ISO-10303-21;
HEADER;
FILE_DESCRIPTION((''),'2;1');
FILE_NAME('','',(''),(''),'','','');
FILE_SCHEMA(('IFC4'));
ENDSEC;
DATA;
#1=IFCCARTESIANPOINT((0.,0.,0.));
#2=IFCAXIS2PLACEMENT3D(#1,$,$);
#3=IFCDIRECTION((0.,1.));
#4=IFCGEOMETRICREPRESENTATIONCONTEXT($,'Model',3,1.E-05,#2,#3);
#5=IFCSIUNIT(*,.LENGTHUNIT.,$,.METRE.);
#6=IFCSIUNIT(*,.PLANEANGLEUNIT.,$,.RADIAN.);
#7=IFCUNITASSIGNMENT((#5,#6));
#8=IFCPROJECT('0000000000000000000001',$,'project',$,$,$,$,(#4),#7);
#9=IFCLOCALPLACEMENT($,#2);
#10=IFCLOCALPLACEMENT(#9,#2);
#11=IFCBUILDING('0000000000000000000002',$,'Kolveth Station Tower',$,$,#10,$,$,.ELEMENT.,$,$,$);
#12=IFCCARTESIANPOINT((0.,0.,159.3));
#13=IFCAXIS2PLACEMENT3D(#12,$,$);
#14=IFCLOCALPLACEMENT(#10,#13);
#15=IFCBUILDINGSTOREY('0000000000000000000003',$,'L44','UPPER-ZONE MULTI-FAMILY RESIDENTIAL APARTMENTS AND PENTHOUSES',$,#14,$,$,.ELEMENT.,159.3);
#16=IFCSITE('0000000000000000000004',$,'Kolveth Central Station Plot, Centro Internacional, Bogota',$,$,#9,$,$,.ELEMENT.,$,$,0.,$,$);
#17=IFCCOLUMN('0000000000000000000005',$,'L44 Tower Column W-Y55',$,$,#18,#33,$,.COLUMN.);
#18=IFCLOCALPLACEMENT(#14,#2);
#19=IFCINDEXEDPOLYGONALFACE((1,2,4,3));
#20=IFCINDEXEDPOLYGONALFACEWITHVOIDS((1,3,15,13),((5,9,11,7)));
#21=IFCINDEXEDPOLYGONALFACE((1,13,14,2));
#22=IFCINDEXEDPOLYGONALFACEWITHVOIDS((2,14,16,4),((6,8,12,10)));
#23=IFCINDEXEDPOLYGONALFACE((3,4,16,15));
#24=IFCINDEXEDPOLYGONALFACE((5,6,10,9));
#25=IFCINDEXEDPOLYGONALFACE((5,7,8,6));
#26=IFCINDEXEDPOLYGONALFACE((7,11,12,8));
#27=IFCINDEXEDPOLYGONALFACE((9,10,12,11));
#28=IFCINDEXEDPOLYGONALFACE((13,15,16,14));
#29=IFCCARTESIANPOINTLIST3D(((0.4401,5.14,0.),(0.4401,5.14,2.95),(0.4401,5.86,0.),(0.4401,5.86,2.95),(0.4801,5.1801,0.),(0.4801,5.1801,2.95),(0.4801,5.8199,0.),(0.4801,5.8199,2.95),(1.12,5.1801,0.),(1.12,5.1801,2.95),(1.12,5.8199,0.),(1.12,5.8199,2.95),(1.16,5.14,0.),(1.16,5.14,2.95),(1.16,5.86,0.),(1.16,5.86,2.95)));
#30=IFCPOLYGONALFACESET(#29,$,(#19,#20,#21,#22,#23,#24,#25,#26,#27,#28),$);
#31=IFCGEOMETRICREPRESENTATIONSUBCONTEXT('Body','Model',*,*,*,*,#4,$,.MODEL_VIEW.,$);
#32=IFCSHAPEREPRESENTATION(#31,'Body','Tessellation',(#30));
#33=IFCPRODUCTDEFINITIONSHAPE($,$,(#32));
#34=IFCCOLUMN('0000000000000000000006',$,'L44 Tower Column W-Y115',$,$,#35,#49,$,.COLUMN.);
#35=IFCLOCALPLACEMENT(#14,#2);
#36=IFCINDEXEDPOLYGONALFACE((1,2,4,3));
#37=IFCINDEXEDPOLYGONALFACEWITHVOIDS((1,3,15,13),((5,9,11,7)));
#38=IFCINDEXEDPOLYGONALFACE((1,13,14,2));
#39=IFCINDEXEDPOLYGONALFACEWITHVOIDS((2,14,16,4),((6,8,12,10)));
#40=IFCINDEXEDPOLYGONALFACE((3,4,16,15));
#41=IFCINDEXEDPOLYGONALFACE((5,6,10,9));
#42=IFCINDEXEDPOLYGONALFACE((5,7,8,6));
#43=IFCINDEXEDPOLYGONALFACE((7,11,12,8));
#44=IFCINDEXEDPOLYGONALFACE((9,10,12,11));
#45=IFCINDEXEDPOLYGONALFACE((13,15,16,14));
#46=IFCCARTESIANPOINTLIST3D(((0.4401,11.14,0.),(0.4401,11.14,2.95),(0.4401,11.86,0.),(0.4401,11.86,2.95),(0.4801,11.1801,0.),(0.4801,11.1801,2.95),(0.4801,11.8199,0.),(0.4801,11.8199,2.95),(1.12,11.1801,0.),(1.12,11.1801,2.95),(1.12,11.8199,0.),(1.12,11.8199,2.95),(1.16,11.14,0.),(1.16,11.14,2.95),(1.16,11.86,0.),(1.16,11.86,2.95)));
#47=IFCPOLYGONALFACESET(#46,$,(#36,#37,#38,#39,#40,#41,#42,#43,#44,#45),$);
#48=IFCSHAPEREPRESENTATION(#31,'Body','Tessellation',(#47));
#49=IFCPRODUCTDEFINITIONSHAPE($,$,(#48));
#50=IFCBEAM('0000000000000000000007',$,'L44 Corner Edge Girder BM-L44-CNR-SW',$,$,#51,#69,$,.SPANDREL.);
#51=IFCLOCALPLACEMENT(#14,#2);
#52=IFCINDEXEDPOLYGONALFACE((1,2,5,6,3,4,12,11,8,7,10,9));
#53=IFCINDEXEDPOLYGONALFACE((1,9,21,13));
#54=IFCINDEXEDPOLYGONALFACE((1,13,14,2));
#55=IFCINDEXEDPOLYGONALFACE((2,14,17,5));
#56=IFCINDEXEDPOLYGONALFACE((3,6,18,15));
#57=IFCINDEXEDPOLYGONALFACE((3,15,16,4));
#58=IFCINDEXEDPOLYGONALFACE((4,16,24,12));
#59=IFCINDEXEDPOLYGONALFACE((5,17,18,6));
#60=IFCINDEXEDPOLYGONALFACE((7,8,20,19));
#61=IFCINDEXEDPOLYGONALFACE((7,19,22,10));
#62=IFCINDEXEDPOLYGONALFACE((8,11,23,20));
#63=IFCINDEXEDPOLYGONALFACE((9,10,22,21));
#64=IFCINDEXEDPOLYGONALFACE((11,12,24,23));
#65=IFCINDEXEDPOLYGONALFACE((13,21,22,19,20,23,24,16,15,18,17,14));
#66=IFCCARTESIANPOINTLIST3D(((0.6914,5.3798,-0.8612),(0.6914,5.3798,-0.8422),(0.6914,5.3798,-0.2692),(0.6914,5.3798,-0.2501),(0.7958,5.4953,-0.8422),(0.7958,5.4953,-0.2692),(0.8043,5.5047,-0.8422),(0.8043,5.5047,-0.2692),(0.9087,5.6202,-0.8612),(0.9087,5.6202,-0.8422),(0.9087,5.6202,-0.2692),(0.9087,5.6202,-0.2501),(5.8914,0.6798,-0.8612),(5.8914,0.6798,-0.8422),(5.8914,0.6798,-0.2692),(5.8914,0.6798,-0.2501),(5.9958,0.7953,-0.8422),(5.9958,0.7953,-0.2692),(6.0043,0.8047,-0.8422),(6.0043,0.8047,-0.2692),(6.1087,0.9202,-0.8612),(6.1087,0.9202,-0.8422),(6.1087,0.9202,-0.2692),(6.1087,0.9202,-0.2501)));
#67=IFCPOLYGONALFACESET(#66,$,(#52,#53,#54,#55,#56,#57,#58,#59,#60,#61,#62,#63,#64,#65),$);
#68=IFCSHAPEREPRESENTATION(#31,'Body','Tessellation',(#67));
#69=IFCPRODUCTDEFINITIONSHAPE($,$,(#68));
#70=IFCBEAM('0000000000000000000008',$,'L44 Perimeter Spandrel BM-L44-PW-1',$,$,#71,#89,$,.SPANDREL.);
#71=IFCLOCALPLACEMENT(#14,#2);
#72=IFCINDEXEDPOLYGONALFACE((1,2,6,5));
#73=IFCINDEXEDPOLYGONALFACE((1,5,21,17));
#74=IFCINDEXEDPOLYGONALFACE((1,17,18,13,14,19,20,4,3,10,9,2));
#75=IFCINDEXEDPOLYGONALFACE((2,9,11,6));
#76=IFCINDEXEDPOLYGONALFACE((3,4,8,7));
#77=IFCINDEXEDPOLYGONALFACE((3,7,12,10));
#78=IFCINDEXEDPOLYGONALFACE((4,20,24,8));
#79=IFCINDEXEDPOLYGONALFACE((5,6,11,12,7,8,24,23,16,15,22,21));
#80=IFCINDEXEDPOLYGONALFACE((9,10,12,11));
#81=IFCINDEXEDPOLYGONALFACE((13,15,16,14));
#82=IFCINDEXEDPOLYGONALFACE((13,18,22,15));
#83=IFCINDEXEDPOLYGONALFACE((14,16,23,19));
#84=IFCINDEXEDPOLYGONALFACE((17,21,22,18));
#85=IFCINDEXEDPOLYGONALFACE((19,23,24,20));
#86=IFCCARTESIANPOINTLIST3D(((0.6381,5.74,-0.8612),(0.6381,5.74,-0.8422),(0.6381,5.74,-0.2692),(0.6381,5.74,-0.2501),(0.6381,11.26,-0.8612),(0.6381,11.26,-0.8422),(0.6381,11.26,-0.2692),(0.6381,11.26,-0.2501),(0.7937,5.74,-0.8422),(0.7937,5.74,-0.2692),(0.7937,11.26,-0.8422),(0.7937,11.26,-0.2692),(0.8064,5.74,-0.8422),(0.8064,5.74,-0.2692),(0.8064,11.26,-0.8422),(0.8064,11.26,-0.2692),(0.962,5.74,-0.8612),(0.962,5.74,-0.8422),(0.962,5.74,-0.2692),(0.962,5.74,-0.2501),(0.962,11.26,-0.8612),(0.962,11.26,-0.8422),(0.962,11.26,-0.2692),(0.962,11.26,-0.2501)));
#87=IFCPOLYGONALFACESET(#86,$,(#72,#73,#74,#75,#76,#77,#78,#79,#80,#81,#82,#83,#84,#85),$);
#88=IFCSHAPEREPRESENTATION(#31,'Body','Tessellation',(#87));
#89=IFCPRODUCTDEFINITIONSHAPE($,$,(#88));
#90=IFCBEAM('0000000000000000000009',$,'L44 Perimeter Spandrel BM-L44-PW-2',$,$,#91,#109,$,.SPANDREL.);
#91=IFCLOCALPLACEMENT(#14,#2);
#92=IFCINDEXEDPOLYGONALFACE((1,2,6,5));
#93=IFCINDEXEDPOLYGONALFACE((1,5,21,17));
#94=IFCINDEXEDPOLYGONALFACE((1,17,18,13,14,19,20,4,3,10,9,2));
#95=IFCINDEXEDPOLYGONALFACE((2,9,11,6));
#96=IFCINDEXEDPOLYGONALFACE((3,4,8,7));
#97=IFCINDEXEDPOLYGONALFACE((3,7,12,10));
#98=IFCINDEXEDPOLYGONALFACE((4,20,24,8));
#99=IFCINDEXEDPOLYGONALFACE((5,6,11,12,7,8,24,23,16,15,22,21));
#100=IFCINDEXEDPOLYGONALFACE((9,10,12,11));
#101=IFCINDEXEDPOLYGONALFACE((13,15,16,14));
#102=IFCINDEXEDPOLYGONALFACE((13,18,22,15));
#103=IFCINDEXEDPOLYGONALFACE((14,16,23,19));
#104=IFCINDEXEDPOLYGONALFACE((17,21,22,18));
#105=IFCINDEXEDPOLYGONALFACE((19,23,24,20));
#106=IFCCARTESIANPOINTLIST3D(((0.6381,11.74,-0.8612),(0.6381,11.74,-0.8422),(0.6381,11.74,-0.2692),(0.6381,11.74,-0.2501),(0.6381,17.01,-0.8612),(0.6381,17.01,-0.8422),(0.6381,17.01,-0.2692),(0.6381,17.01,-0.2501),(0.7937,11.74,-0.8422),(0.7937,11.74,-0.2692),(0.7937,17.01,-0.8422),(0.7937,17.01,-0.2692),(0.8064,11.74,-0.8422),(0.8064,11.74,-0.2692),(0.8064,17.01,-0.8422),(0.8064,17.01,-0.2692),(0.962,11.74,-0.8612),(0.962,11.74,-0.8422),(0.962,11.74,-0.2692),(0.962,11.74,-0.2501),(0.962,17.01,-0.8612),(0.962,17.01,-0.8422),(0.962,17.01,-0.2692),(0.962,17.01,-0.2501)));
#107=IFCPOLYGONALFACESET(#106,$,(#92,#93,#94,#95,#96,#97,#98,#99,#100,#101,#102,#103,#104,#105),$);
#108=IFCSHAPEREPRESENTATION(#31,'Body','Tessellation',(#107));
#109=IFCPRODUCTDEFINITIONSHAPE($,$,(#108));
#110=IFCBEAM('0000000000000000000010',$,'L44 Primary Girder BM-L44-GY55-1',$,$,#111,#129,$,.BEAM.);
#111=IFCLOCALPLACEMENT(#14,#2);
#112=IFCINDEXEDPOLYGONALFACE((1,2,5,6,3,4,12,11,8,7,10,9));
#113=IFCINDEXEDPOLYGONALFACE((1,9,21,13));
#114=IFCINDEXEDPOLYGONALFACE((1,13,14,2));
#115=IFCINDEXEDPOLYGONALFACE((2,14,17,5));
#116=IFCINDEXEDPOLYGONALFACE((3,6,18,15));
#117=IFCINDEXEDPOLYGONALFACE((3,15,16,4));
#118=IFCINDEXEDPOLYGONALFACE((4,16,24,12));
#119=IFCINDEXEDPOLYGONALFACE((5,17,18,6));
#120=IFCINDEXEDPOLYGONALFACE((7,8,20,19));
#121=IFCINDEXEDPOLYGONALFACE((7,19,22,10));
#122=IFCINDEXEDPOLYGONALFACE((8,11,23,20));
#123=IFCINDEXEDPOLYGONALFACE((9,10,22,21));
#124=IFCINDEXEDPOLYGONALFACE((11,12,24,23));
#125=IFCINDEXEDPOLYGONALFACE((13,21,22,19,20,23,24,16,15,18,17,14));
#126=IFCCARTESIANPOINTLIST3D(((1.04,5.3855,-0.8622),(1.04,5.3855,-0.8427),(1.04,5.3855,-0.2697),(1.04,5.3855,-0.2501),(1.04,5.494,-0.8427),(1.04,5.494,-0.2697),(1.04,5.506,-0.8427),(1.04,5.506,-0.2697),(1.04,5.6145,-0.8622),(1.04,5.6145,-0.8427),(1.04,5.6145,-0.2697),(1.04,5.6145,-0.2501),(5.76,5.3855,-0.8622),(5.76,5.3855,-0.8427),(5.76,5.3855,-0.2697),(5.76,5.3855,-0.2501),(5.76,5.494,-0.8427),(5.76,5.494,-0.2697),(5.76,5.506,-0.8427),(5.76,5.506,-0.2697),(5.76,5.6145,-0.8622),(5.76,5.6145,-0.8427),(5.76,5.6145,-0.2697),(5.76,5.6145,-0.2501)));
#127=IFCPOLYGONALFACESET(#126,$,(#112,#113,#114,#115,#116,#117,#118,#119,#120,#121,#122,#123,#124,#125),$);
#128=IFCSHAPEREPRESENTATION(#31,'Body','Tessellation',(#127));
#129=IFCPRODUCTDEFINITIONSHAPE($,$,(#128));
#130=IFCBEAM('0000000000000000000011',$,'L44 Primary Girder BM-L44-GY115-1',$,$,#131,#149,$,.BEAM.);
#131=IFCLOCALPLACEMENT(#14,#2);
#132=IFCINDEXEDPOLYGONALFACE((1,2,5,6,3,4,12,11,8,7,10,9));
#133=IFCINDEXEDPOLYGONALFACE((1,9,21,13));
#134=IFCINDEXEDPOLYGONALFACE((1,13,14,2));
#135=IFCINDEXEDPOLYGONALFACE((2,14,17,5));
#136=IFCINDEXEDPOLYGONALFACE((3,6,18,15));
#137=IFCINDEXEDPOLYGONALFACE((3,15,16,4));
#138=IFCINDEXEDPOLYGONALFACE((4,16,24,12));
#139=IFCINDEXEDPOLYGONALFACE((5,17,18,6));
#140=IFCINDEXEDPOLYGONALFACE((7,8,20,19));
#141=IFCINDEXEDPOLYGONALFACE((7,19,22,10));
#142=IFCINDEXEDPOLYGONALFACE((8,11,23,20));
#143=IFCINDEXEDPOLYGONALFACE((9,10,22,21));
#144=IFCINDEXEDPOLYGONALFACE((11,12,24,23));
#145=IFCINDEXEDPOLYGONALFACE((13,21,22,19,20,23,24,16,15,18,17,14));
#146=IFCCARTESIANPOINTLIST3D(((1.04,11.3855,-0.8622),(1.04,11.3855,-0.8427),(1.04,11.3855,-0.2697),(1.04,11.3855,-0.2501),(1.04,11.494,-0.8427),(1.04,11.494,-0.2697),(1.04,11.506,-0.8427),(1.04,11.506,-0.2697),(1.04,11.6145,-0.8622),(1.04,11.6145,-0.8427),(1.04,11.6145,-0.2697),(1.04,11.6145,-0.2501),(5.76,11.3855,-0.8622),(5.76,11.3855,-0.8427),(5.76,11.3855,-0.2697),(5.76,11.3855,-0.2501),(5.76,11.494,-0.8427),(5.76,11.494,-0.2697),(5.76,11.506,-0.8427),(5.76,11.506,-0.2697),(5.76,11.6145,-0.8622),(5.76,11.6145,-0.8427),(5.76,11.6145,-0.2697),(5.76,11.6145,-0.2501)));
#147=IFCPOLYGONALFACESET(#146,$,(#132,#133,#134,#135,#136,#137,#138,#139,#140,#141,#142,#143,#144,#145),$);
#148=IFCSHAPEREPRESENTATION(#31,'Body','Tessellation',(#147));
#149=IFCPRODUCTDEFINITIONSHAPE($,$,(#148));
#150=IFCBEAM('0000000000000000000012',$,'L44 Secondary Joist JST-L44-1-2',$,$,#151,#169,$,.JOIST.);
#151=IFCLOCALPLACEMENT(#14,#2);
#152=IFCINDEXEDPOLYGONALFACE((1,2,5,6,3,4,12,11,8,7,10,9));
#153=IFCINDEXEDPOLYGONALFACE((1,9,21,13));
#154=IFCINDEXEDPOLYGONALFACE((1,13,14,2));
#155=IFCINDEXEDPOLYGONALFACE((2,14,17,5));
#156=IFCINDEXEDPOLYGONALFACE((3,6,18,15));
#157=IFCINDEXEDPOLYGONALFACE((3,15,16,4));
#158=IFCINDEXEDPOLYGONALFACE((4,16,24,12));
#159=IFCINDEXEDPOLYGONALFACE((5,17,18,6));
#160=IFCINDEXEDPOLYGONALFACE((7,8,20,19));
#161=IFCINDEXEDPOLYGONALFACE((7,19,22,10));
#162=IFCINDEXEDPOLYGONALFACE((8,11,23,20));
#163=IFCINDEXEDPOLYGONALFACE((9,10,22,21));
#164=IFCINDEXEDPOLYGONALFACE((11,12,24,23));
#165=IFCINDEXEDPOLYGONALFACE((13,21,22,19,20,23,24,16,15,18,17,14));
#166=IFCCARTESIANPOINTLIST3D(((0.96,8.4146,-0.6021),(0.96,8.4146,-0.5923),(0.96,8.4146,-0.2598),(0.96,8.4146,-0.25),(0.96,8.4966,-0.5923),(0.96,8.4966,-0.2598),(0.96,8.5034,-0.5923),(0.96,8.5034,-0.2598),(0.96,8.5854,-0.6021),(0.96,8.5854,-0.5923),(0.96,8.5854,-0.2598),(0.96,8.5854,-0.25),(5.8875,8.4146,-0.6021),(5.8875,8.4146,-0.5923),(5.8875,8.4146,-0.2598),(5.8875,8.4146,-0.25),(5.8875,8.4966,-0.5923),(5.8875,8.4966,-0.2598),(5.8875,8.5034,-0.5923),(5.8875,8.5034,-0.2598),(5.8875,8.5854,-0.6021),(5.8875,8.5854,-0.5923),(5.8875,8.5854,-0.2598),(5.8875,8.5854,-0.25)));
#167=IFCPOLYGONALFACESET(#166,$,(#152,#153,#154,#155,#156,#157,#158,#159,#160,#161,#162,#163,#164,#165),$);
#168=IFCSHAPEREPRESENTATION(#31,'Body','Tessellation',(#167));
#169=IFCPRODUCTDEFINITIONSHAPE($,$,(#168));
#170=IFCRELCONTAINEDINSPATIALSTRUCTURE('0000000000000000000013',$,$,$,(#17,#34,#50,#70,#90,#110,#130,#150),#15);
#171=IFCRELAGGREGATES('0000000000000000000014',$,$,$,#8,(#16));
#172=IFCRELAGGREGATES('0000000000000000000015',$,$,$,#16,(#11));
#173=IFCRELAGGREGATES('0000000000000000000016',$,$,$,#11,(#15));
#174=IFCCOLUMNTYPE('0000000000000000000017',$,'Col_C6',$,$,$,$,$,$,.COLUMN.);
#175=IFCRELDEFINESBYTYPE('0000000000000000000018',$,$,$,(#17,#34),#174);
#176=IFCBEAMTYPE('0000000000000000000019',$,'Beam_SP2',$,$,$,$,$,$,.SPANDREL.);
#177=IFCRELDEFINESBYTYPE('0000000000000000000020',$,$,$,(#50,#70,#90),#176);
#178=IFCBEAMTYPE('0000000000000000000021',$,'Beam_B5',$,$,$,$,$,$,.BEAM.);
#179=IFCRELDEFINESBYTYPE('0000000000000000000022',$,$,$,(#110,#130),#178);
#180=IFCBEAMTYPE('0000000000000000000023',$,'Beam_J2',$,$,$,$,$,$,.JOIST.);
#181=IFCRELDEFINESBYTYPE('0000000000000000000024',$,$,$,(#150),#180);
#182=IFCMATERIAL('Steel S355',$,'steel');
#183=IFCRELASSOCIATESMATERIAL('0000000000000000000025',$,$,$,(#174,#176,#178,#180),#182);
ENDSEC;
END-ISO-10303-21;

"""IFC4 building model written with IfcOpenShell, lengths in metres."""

from ifc_helpers import new_model, si_unit, direction, frame, origin, origin_2d, place, context, subcontext, project, spatial, hollow_rectangle, i_section, extrude, source, transform, mapped, material, material_profile, profile_set, type_object, element, save


model = new_model("IFC4")

# Units and contexts
model_context = context("Model", 3, precision=1e-05, world=origin(), true_north=direction((0.0, 1.0)))
body_context = subcontext(model_context, "Body", "Model", "MODEL_VIEW")
ifc_project = project(units=[si_unit("LENGTHUNIT", "METRE"), si_unit("PLANEANGLEUNIT", "RADIAN")], contexts=[model_context])

# Site, building, storey
site_placement = place(None, origin())
site = spatial("IfcSite", under=ifc_project, at=site_placement, Name="Kolveth Central Station Plot, Centro Internacional, Bogota", CompositionType="ELEMENT", RefElevation=0.0)
building_placement = place(site_placement, origin())
building = spatial("IfcBuilding", under=site, at=building_placement, Name="Kolveth Station Tower", CompositionType="ELEMENT")
storey_placement = place(building_placement, frame((0.0, 0.0, 159.3)))
storey = spatial("IfcBuildingStorey", under=building, at=storey_placement, Name="L44", Description="UPPER-ZONE MULTI-FAMILY RESIDENTIAL APARTMENTS AND PENTHOUSES", CompositionType="ELEMENT", Elevation=159.3)

# Columns
ifc_material_1 = material(Name="Steel S355", Category="steel")
ifc_material_profile_1 = material_profile(ifc_material_1, hollow_rectangle(XDim=0.72, YDim=0.72, WallThickness=0.04, at=origin_2d()), Name="BOX720x720x40")
ifc_profile_set_1 = profile_set([ifc_material_profile_1], Name="Steel S355")
column_type = type_object("IfcColumnType", Name="Col_C6", PredefinedType="COLUMN", material=ifc_profile_set_1)
shared_shape_1 = source(origin(), body_context, "Body", "SweptSolid", [
    extrude(hollow_rectangle(XDim=0.72, YDim=0.72, WallThickness=0.04, at=origin_2d()), origin(), (0.0, 0.0, 1.0), 2.95),
])
for number, where, z_axis, x_axis, name in (
    (1, (0.8, 5.5, 0.0), (0.0, 0.0, 1.0), (1.0, 0.0, 0.0), "L44 Tower Column W-Y55"),
    (2, (0.8, 11.5, 0.0), (0.0, 0.0, 1.0), (1.0, 0.0, 0.0), "L44 Tower Column W-Y115"),
):
    element("IfcColumn", number, at=place(storey_placement, frame(where, z_axis=z_axis, x_axis=x_axis)), inside=storey, type_object=column_type, Name=name, PredefinedType="COLUMN", context=body_context, shape_type="MappedRepresentation", body=[
        mapped(shared_shape_1, transform((0.0, 0.0, 0.0), x_axis=(1.0, 0.0, 0.0), y_axis=(0.0, 1.0, 0.0), z_axis=(0.0, 0.0, 1.0), scale=1.0)),
    ])

# Beams
ifc_material_profile_2 = material_profile(ifc_material_1, i_section(OverallWidth=0.324, OverallDepth=0.6111, WebThickness=0.0127, FlangeThickness=0.019, at=origin_2d()), Name="W610x155")
ifc_profile_set_2 = profile_set([ifc_material_profile_2], Name="Steel S355")
beam_type_1 = type_object("IfcBeamType", Name="Beam_SP2", PredefinedType="SPANDREL", material=ifc_profile_set_2)
shared_shape_2 = source(origin(), body_context, "Body", "SweptSolid", [
    extrude(i_section(OverallWidth=0.324, OverallDepth=0.6111, WebThickness=0.0127, FlangeThickness=0.019, at=origin_2d()), origin(), (0.0, 0.0, 1.0), 7.0093),
])
beam_1_placement = place(storey_placement, frame((0.8, 5.5, -0.5557), z_axis=(0.741874, -0.670539, 0.0), x_axis=(0.670539, 0.741874, 0.0)))
element("IfcBeam", 3, at=beam_1_placement, inside=storey, type_object=beam_type_1, Name="L44 Corner Edge Girder BM-L44-CNR-SW", PredefinedType="SPANDREL", context=body_context, shape_type="MappedRepresentation", body=[
    mapped(shared_shape_2, transform((0.0, 0.0, 0.0), x_axis=(1.0, 0.0, 0.0), y_axis=(0.0, 1.0, 0.0), z_axis=(0.0, 0.0, 1.0), scale=1.0)),
])
shared_shape_3 = source(origin(), body_context, "Body", "SweptSolid", [
    extrude(i_section(OverallWidth=0.324, OverallDepth=0.6111, WebThickness=0.0127, FlangeThickness=0.019, at=origin_2d()), origin(), (0.0, 0.0, 1.0), 5.52),
])
beam_2_placement = place(storey_placement, frame((0.8, 5.74, -0.5557), z_axis=(0.0, 1.0, 0.0), x_axis=(-1.0, 0.0, 0.0)))
element("IfcBeam", 4, at=beam_2_placement, inside=storey, type_object=beam_type_1, Name="L44 Perimeter Spandrel BM-L44-PW-1", PredefinedType="SPANDREL", context=body_context, shape_type="MappedRepresentation", body=[
    mapped(shared_shape_3, transform((0.0, 0.0, 0.0), x_axis=(1.0, 0.0, 0.0), y_axis=(0.0, 1.0, 0.0), z_axis=(0.0, 0.0, 1.0), scale=1.0)),
])
shared_shape_4 = source(origin(), body_context, "Body", "SweptSolid", [
    extrude(i_section(OverallWidth=0.324, OverallDepth=0.6111, WebThickness=0.0127, FlangeThickness=0.019, at=origin_2d()), origin(), (0.0, 0.0, 1.0), 5.27),
])
beam_3_placement = place(storey_placement, frame((0.8, 11.74, -0.5557), z_axis=(0.0, 1.0, 0.0), x_axis=(-1.0, 0.0, 0.0)))
element("IfcBeam", 5, at=beam_3_placement, inside=storey, type_object=beam_type_1, Name="L44 Perimeter Spandrel BM-L44-PW-2", PredefinedType="SPANDREL", context=body_context, shape_type="MappedRepresentation", body=[
    mapped(shared_shape_4, transform((0.0, 0.0, 0.0), x_axis=(1.0, 0.0, 0.0), y_axis=(0.0, 1.0, 0.0), z_axis=(0.0, 0.0, 1.0), scale=1.0)),
])
ifc_material_profile_3 = material_profile(ifc_material_1, i_section(OverallWidth=0.229, OverallDepth=0.6121, WebThickness=0.012, FlangeThickness=0.0195, at=origin_2d()), Name="W610x125")
ifc_profile_set_3 = profile_set([ifc_material_profile_3], Name="Steel S355")
beam_type_2 = type_object("IfcBeamType", Name="Beam_B5", PredefinedType="BEAM", material=ifc_profile_set_3)
shared_shape_5 = source(origin(), body_context, "Body", "SweptSolid", [
    extrude(i_section(OverallWidth=0.229, OverallDepth=0.6121, WebThickness=0.012, FlangeThickness=0.0195, at=origin_2d()), origin(), (0.0, 0.0, 1.0), 4.72),
])
for number, where, z_axis, x_axis, name in (
    (6, (1.04, 5.5, -0.5562), (1.0, 0.0, 0.0), (0.0, 1.0, 0.0), "L44 Primary Girder BM-L44-GY55-1"),
    (7, (1.04, 11.5, -0.5562), (1.0, 0.0, 0.0), (0.0, 1.0, 0.0), "L44 Primary Girder BM-L44-GY115-1"),
):
    element("IfcBeam", number, at=place(storey_placement, frame(where, z_axis=z_axis, x_axis=x_axis)), inside=storey, type_object=beam_type_2, Name=name, PredefinedType="BEAM", context=body_context, shape_type="MappedRepresentation", body=[
        mapped(shared_shape_5, transform((0.0, 0.0, 0.0), x_axis=(1.0, 0.0, 0.0), y_axis=(0.0, 1.0, 0.0), z_axis=(0.0, 0.0, 1.0), scale=1.0)),
    ])
ifc_material_profile_4 = material_profile(ifc_material_1, i_section(OverallWidth=0.1709, OverallDepth=0.3521, WebThickness=0.0068, FlangeThickness=0.0098, at=origin_2d()), Name="W360x44")
ifc_profile_set_4 = profile_set([ifc_material_profile_4], Name="Steel S355")
beam_type_3 = type_object("IfcBeamType", Name="Beam_J2", PredefinedType="JOIST", material=ifc_profile_set_4)
shared_shape_6 = source(origin(), body_context, "Body", "SweptSolid", [
    extrude(i_section(OverallWidth=0.1709, OverallDepth=0.3521, WebThickness=0.0068, FlangeThickness=0.0098, at=origin_2d()), origin(), (0.0, 0.0, 1.0), 4.9275),
])
for number, where, z_axis, x_axis, name in (
    (8, (0.96, 8.5, -0.426), (1.0, 0.0, 0.0), (0.0, 1.0, 0.0), "L44 Secondary Joist JST-L44-1-2"),
):
    element("IfcBeam", number, at=place(storey_placement, frame(where, z_axis=z_axis, x_axis=x_axis)), inside=storey, type_object=beam_type_3, Name=name, PredefinedType="JOIST", context=body_context, shape_type="MappedRepresentation", body=[
        mapped(shared_shape_6, transform((0.0, 0.0, 0.0), x_axis=(1.0, 0.0, 0.0), y_axis=(0.0, 1.0, 0.0), z_axis=(0.0, 0.0, 1.0), scale=1.0)),
    ])

save(model, "model.ifc")
